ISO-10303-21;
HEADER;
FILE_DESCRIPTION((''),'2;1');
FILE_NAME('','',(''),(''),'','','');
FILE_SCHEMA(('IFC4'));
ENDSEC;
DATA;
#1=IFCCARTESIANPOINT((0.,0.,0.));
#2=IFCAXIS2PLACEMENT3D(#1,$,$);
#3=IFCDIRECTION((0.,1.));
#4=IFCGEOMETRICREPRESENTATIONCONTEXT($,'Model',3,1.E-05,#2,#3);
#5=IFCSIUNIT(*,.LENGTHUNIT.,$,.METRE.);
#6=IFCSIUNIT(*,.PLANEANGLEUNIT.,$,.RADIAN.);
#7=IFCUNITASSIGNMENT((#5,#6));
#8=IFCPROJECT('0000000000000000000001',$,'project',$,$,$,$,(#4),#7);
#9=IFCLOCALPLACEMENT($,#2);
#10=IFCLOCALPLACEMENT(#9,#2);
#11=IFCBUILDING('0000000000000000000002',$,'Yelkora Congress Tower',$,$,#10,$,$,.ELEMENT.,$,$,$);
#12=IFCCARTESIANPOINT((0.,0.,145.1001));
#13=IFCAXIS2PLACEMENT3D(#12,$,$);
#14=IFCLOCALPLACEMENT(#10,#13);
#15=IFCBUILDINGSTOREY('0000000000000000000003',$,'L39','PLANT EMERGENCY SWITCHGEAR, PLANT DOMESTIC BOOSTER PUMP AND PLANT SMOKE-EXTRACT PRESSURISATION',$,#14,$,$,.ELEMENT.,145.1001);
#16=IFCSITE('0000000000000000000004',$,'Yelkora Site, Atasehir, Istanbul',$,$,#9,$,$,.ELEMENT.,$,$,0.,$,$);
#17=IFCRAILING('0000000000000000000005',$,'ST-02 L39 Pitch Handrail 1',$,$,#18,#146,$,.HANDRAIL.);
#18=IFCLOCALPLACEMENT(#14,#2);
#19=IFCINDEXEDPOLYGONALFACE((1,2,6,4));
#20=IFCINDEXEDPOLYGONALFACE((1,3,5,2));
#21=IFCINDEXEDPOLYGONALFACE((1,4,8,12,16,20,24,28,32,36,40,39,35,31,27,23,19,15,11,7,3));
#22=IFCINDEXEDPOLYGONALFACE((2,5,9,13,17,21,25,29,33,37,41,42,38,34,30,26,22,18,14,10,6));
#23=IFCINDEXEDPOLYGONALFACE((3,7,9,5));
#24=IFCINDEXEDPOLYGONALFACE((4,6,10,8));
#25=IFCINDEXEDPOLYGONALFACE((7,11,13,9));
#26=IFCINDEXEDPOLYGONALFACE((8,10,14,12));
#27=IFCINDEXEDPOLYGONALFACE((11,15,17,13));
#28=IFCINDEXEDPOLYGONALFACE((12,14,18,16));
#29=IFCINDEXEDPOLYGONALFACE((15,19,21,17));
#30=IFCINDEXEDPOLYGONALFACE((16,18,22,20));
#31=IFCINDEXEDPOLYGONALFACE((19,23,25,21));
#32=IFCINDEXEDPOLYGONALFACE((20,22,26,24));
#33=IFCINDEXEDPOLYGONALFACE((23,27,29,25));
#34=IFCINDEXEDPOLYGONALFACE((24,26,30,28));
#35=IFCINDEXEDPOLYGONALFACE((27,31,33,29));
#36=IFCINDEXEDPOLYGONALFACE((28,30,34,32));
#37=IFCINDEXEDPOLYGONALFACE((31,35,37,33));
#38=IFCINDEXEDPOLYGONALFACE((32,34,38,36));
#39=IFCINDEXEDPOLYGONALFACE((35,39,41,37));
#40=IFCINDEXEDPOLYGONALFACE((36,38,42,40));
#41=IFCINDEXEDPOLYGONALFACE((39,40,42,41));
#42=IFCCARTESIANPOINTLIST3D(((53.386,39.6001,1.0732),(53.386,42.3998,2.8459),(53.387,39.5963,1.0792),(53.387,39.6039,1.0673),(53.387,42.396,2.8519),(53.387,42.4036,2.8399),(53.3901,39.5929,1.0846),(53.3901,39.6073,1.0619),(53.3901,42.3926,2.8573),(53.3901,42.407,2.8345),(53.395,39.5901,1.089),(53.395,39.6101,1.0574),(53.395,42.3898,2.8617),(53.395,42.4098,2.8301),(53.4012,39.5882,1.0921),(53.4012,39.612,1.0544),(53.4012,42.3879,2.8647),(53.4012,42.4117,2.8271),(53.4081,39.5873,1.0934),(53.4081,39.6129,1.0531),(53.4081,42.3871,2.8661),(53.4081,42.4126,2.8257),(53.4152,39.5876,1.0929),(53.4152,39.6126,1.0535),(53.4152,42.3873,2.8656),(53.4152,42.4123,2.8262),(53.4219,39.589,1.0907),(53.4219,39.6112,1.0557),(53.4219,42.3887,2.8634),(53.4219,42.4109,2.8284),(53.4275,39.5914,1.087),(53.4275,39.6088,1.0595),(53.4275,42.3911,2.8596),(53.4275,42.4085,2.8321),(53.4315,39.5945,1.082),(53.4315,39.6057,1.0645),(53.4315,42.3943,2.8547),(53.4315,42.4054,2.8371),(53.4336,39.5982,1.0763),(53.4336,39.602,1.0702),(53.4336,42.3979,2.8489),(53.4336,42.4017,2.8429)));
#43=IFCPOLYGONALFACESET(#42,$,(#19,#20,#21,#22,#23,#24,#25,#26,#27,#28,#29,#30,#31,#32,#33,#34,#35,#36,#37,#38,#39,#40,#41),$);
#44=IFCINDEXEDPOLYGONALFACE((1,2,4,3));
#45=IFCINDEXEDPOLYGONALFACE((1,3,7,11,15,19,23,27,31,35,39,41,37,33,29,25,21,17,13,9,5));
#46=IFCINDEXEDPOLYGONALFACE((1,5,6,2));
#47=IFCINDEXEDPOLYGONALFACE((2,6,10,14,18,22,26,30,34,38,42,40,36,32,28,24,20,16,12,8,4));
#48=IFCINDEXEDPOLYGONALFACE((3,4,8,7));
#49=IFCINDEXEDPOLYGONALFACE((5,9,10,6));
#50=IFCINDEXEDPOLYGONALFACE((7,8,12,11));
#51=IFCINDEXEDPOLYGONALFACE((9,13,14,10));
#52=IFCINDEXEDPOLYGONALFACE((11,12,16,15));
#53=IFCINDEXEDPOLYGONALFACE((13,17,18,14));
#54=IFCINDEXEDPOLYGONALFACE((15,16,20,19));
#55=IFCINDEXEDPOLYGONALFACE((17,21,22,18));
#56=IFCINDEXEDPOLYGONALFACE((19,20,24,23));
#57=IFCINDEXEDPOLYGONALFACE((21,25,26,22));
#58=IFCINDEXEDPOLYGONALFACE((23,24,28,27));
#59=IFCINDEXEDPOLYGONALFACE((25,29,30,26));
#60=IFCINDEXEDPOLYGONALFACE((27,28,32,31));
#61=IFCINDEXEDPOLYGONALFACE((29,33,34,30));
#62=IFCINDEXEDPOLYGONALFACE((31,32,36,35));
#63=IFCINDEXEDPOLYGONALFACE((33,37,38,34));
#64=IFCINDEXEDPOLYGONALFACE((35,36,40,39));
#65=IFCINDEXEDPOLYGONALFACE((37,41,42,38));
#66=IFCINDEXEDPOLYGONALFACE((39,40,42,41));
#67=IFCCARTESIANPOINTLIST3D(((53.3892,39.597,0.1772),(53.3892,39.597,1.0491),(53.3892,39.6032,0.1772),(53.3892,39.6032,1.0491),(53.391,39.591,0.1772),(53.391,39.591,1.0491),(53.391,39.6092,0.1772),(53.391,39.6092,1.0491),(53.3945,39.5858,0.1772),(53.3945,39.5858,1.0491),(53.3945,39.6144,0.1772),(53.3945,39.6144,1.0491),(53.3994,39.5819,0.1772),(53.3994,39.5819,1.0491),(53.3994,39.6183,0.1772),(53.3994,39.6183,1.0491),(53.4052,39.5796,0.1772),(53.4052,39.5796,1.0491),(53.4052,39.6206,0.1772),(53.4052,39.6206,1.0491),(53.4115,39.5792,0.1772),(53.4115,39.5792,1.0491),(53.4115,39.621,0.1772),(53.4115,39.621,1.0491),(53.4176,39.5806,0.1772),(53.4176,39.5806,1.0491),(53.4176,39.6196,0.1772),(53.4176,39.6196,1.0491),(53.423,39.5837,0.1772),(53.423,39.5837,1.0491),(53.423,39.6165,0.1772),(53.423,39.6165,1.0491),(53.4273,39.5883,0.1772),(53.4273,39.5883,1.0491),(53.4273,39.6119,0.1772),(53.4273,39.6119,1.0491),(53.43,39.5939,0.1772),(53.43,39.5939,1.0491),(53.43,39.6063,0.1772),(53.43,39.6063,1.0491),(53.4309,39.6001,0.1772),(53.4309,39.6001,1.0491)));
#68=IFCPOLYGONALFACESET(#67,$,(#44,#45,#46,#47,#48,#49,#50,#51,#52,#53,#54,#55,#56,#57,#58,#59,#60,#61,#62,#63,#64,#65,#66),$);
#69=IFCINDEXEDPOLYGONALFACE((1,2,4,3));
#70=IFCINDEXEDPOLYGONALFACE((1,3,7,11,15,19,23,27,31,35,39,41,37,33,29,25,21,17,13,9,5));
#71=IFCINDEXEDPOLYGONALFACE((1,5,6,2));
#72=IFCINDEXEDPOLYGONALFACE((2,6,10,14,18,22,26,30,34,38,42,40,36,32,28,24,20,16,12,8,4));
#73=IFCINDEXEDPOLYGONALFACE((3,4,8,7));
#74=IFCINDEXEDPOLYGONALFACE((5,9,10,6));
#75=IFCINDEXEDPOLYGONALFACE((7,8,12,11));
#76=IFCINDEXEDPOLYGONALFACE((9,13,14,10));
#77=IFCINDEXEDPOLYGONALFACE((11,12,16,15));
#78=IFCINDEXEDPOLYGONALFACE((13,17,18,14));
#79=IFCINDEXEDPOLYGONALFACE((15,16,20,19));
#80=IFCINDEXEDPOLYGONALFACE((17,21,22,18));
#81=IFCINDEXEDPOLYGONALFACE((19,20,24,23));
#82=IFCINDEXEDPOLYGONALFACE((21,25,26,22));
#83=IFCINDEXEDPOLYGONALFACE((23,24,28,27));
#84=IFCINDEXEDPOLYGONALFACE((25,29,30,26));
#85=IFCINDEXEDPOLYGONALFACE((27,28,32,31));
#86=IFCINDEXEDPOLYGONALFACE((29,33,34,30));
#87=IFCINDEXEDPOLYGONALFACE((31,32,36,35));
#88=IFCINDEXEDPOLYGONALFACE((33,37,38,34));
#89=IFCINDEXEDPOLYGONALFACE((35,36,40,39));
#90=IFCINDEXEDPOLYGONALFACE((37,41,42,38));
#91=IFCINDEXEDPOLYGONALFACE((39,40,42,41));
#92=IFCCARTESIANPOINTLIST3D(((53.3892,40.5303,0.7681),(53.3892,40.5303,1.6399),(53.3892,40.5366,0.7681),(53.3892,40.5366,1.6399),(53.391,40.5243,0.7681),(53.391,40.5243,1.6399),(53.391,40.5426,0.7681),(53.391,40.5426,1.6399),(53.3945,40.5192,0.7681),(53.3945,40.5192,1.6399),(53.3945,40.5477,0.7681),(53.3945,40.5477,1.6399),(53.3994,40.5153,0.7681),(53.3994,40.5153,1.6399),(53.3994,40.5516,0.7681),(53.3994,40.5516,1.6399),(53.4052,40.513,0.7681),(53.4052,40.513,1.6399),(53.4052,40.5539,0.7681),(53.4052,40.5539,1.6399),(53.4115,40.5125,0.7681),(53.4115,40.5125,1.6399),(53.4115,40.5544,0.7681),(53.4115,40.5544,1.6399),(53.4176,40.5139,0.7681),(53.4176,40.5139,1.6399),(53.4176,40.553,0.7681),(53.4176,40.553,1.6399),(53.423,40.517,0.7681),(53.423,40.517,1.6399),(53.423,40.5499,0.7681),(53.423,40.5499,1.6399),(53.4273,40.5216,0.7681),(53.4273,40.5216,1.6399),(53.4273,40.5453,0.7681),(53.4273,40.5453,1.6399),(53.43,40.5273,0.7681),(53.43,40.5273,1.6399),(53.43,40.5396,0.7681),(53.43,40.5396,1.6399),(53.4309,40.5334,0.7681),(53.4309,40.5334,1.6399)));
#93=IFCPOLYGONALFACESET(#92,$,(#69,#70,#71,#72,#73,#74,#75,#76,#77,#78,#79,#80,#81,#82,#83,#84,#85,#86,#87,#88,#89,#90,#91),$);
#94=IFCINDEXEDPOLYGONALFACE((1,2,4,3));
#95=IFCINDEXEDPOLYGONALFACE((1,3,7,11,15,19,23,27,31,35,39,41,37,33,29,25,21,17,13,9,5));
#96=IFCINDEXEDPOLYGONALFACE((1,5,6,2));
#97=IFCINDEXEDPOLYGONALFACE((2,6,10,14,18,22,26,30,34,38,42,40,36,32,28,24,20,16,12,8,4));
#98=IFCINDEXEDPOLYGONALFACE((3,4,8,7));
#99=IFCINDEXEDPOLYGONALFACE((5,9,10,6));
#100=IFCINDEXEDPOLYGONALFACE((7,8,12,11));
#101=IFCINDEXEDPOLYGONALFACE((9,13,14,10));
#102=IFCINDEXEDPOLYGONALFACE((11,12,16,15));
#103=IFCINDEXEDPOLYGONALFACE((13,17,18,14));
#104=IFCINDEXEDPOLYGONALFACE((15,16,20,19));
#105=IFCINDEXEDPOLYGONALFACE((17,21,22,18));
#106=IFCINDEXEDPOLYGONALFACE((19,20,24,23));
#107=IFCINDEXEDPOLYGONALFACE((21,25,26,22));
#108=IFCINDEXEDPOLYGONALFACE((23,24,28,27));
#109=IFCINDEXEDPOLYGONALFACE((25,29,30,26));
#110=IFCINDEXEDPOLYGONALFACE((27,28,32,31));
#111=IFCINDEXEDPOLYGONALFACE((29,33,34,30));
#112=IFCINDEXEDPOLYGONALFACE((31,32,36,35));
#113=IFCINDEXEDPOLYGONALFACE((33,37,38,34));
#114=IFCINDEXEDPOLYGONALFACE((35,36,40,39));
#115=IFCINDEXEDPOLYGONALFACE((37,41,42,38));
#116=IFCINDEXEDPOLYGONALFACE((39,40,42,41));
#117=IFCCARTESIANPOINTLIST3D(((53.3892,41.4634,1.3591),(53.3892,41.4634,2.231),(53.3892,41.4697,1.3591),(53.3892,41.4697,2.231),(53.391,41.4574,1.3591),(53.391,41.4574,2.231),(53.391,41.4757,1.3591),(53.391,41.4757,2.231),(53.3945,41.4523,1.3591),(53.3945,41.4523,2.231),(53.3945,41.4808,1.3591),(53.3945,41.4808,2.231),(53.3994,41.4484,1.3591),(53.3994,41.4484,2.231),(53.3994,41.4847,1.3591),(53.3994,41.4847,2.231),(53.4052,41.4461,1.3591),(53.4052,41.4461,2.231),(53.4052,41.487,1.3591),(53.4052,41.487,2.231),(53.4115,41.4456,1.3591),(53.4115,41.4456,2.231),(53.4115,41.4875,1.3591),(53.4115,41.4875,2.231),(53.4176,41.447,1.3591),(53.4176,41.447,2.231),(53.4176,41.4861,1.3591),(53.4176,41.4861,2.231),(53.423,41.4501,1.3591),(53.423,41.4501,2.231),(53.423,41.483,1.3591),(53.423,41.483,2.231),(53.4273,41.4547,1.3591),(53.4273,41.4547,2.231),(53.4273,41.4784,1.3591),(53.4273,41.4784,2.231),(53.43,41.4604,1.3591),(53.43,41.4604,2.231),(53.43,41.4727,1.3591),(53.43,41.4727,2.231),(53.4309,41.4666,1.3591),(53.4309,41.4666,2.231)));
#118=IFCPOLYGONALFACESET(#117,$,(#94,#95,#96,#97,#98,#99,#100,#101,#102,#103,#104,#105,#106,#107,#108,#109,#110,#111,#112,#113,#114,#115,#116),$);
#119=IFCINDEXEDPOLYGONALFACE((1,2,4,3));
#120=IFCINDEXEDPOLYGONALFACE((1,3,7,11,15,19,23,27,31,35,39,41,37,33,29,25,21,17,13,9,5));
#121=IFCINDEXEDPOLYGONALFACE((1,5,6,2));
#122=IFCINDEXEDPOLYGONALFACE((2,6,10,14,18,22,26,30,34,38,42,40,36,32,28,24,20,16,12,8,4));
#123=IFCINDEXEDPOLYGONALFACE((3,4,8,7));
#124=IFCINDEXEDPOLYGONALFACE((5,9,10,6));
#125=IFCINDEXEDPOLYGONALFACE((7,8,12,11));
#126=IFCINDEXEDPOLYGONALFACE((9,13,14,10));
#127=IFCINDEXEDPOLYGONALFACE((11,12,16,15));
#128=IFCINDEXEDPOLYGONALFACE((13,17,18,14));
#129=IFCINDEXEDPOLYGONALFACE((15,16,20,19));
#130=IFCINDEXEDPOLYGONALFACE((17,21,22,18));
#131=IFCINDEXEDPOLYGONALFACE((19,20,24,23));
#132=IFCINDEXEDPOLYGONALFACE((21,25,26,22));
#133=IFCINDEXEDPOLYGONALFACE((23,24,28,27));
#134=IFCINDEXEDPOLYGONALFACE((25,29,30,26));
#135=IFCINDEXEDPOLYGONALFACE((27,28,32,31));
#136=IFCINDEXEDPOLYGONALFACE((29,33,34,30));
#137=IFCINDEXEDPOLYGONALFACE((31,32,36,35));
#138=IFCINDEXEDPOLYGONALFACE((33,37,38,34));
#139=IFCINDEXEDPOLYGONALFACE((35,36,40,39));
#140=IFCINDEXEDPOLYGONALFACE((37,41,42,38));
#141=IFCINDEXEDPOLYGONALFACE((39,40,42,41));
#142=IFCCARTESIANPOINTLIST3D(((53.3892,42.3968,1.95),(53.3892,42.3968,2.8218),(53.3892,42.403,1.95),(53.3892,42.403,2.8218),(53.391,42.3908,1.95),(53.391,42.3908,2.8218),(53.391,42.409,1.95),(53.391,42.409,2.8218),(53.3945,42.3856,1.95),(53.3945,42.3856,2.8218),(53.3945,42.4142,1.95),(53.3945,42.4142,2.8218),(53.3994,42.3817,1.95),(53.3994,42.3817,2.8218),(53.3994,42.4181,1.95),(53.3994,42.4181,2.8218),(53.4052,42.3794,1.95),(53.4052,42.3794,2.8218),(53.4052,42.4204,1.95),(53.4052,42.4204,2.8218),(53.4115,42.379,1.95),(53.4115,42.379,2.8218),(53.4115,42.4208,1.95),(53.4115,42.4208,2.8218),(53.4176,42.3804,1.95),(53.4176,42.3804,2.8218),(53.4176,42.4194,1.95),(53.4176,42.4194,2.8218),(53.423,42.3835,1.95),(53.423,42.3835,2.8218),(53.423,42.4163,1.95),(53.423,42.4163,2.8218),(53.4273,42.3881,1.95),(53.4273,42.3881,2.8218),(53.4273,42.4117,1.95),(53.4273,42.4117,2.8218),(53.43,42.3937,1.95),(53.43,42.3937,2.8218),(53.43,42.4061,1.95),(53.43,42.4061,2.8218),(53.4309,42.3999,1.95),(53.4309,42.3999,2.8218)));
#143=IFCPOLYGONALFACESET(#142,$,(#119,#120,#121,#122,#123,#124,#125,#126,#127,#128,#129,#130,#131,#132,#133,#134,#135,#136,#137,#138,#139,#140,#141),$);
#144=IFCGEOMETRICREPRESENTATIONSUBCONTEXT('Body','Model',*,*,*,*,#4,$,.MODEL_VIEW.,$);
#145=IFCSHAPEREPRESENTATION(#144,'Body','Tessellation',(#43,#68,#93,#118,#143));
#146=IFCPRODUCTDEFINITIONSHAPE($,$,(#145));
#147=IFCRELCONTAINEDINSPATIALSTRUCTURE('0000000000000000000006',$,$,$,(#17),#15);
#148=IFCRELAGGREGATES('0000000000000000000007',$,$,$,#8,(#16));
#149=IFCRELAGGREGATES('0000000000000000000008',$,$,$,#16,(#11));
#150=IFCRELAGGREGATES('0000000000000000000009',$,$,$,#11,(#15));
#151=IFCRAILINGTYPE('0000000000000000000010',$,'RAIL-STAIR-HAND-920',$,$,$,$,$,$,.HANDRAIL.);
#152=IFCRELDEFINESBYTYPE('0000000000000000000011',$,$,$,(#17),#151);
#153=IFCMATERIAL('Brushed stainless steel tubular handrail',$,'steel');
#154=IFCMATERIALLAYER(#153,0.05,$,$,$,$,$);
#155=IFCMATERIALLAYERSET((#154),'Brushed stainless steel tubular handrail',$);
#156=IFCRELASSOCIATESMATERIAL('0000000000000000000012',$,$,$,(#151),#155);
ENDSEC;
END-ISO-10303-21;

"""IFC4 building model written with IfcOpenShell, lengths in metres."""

from ifc_helpers import new_model, si_unit, direction, frame, origin, origin_2d, place, context, subcontext, project, spatial, circle, extrude, material, layer, layer_set, type_object, element, save


model = new_model("IFC4")

# Units and contexts
model_context = context("Model", 3, precision=1e-05, world=origin(), true_north=direction((0.0, 1.0)))
body_context = subcontext(model_context, "Body", "Model", "MODEL_VIEW")
ifc_project = project(units=[si_unit("LENGTHUNIT", "METRE"), si_unit("PLANEANGLEUNIT", "RADIAN")], contexts=[model_context])

# Site, building, storey
site_placement = place(None, origin())
site = spatial("IfcSite", under=ifc_project, at=site_placement, Name="Yelkora Site, Atasehir, Istanbul", CompositionType="ELEMENT", RefElevation=0.0)
building_placement = place(site_placement, origin())
building = spatial("IfcBuilding", under=site, at=building_placement, Name="Yelkora Congress Tower", CompositionType="ELEMENT")
storey_placement = place(building_placement, frame((0.0, 0.0, 145.1001)))
storey = spatial("IfcBuildingStorey", under=building, at=storey_placement, Name="L39", Description="PLANT EMERGENCY SWITCHGEAR, PLANT DOMESTIC BOOSTER PUMP AND PLANT SMOKE-EXTRACT PRESSURISATION", CompositionType="ELEMENT", Elevation=145.1001)

# Railing
ifc_material_1 = material(Name="Brushed stainless steel tubular handrail", Category="steel")
ifc_layer_1 = layer(ifc_material_1, 0.05)
ifc_layer_set_1 = layer_set([ifc_layer_1], Name="Brushed stainless steel tubular handrail")
railing_type_1 = type_object("IfcRailingType", Name="RAIL-STAIR-HAND-920", PredefinedType="HANDRAIL", material=ifc_layer_set_1)
railing_1_placement = place(storey_placement, frame((53.4099, 39.6001, 0.1772)))
element("IfcRailing", 1, at=railing_1_placement, inside=storey, type_object=railing_type_1, Name="ST-02 L39 Pitch Handrail 1", PredefinedType="HANDRAIL", context=body_context, shape_type="SweptSolid", body=[
    extrude(circle(Radius=0.0239, at=origin_2d()), frame((0.0, 0.0, 0.896), z_axis=(0.0, 0.844888, 0.534943), x_axis=(-1.0, 0.0, 0.0)), (0.0, 0.0, 1.0), 3.3137),
    extrude(circle(Radius=0.021, at=origin_2d()), origin(), (0.0, 0.0, 1.0), 0.8718),
    extrude(circle(Radius=0.021, at=origin_2d()), frame((0.0, 0.9333, 0.5908)), (0.0, 0.0, 1.0), 0.8718),
    extrude(circle(Radius=0.021, at=origin_2d()), frame((0.0, 1.8665, 1.1819)), (0.0, 0.0, 1.0), 0.8718),
    extrude(circle(Radius=0.021, at=origin_2d()), frame((0.0, 2.7998, 1.7727)), (0.0, 0.0, 1.0), 0.8718),
])

save(model, "model.ifc")
